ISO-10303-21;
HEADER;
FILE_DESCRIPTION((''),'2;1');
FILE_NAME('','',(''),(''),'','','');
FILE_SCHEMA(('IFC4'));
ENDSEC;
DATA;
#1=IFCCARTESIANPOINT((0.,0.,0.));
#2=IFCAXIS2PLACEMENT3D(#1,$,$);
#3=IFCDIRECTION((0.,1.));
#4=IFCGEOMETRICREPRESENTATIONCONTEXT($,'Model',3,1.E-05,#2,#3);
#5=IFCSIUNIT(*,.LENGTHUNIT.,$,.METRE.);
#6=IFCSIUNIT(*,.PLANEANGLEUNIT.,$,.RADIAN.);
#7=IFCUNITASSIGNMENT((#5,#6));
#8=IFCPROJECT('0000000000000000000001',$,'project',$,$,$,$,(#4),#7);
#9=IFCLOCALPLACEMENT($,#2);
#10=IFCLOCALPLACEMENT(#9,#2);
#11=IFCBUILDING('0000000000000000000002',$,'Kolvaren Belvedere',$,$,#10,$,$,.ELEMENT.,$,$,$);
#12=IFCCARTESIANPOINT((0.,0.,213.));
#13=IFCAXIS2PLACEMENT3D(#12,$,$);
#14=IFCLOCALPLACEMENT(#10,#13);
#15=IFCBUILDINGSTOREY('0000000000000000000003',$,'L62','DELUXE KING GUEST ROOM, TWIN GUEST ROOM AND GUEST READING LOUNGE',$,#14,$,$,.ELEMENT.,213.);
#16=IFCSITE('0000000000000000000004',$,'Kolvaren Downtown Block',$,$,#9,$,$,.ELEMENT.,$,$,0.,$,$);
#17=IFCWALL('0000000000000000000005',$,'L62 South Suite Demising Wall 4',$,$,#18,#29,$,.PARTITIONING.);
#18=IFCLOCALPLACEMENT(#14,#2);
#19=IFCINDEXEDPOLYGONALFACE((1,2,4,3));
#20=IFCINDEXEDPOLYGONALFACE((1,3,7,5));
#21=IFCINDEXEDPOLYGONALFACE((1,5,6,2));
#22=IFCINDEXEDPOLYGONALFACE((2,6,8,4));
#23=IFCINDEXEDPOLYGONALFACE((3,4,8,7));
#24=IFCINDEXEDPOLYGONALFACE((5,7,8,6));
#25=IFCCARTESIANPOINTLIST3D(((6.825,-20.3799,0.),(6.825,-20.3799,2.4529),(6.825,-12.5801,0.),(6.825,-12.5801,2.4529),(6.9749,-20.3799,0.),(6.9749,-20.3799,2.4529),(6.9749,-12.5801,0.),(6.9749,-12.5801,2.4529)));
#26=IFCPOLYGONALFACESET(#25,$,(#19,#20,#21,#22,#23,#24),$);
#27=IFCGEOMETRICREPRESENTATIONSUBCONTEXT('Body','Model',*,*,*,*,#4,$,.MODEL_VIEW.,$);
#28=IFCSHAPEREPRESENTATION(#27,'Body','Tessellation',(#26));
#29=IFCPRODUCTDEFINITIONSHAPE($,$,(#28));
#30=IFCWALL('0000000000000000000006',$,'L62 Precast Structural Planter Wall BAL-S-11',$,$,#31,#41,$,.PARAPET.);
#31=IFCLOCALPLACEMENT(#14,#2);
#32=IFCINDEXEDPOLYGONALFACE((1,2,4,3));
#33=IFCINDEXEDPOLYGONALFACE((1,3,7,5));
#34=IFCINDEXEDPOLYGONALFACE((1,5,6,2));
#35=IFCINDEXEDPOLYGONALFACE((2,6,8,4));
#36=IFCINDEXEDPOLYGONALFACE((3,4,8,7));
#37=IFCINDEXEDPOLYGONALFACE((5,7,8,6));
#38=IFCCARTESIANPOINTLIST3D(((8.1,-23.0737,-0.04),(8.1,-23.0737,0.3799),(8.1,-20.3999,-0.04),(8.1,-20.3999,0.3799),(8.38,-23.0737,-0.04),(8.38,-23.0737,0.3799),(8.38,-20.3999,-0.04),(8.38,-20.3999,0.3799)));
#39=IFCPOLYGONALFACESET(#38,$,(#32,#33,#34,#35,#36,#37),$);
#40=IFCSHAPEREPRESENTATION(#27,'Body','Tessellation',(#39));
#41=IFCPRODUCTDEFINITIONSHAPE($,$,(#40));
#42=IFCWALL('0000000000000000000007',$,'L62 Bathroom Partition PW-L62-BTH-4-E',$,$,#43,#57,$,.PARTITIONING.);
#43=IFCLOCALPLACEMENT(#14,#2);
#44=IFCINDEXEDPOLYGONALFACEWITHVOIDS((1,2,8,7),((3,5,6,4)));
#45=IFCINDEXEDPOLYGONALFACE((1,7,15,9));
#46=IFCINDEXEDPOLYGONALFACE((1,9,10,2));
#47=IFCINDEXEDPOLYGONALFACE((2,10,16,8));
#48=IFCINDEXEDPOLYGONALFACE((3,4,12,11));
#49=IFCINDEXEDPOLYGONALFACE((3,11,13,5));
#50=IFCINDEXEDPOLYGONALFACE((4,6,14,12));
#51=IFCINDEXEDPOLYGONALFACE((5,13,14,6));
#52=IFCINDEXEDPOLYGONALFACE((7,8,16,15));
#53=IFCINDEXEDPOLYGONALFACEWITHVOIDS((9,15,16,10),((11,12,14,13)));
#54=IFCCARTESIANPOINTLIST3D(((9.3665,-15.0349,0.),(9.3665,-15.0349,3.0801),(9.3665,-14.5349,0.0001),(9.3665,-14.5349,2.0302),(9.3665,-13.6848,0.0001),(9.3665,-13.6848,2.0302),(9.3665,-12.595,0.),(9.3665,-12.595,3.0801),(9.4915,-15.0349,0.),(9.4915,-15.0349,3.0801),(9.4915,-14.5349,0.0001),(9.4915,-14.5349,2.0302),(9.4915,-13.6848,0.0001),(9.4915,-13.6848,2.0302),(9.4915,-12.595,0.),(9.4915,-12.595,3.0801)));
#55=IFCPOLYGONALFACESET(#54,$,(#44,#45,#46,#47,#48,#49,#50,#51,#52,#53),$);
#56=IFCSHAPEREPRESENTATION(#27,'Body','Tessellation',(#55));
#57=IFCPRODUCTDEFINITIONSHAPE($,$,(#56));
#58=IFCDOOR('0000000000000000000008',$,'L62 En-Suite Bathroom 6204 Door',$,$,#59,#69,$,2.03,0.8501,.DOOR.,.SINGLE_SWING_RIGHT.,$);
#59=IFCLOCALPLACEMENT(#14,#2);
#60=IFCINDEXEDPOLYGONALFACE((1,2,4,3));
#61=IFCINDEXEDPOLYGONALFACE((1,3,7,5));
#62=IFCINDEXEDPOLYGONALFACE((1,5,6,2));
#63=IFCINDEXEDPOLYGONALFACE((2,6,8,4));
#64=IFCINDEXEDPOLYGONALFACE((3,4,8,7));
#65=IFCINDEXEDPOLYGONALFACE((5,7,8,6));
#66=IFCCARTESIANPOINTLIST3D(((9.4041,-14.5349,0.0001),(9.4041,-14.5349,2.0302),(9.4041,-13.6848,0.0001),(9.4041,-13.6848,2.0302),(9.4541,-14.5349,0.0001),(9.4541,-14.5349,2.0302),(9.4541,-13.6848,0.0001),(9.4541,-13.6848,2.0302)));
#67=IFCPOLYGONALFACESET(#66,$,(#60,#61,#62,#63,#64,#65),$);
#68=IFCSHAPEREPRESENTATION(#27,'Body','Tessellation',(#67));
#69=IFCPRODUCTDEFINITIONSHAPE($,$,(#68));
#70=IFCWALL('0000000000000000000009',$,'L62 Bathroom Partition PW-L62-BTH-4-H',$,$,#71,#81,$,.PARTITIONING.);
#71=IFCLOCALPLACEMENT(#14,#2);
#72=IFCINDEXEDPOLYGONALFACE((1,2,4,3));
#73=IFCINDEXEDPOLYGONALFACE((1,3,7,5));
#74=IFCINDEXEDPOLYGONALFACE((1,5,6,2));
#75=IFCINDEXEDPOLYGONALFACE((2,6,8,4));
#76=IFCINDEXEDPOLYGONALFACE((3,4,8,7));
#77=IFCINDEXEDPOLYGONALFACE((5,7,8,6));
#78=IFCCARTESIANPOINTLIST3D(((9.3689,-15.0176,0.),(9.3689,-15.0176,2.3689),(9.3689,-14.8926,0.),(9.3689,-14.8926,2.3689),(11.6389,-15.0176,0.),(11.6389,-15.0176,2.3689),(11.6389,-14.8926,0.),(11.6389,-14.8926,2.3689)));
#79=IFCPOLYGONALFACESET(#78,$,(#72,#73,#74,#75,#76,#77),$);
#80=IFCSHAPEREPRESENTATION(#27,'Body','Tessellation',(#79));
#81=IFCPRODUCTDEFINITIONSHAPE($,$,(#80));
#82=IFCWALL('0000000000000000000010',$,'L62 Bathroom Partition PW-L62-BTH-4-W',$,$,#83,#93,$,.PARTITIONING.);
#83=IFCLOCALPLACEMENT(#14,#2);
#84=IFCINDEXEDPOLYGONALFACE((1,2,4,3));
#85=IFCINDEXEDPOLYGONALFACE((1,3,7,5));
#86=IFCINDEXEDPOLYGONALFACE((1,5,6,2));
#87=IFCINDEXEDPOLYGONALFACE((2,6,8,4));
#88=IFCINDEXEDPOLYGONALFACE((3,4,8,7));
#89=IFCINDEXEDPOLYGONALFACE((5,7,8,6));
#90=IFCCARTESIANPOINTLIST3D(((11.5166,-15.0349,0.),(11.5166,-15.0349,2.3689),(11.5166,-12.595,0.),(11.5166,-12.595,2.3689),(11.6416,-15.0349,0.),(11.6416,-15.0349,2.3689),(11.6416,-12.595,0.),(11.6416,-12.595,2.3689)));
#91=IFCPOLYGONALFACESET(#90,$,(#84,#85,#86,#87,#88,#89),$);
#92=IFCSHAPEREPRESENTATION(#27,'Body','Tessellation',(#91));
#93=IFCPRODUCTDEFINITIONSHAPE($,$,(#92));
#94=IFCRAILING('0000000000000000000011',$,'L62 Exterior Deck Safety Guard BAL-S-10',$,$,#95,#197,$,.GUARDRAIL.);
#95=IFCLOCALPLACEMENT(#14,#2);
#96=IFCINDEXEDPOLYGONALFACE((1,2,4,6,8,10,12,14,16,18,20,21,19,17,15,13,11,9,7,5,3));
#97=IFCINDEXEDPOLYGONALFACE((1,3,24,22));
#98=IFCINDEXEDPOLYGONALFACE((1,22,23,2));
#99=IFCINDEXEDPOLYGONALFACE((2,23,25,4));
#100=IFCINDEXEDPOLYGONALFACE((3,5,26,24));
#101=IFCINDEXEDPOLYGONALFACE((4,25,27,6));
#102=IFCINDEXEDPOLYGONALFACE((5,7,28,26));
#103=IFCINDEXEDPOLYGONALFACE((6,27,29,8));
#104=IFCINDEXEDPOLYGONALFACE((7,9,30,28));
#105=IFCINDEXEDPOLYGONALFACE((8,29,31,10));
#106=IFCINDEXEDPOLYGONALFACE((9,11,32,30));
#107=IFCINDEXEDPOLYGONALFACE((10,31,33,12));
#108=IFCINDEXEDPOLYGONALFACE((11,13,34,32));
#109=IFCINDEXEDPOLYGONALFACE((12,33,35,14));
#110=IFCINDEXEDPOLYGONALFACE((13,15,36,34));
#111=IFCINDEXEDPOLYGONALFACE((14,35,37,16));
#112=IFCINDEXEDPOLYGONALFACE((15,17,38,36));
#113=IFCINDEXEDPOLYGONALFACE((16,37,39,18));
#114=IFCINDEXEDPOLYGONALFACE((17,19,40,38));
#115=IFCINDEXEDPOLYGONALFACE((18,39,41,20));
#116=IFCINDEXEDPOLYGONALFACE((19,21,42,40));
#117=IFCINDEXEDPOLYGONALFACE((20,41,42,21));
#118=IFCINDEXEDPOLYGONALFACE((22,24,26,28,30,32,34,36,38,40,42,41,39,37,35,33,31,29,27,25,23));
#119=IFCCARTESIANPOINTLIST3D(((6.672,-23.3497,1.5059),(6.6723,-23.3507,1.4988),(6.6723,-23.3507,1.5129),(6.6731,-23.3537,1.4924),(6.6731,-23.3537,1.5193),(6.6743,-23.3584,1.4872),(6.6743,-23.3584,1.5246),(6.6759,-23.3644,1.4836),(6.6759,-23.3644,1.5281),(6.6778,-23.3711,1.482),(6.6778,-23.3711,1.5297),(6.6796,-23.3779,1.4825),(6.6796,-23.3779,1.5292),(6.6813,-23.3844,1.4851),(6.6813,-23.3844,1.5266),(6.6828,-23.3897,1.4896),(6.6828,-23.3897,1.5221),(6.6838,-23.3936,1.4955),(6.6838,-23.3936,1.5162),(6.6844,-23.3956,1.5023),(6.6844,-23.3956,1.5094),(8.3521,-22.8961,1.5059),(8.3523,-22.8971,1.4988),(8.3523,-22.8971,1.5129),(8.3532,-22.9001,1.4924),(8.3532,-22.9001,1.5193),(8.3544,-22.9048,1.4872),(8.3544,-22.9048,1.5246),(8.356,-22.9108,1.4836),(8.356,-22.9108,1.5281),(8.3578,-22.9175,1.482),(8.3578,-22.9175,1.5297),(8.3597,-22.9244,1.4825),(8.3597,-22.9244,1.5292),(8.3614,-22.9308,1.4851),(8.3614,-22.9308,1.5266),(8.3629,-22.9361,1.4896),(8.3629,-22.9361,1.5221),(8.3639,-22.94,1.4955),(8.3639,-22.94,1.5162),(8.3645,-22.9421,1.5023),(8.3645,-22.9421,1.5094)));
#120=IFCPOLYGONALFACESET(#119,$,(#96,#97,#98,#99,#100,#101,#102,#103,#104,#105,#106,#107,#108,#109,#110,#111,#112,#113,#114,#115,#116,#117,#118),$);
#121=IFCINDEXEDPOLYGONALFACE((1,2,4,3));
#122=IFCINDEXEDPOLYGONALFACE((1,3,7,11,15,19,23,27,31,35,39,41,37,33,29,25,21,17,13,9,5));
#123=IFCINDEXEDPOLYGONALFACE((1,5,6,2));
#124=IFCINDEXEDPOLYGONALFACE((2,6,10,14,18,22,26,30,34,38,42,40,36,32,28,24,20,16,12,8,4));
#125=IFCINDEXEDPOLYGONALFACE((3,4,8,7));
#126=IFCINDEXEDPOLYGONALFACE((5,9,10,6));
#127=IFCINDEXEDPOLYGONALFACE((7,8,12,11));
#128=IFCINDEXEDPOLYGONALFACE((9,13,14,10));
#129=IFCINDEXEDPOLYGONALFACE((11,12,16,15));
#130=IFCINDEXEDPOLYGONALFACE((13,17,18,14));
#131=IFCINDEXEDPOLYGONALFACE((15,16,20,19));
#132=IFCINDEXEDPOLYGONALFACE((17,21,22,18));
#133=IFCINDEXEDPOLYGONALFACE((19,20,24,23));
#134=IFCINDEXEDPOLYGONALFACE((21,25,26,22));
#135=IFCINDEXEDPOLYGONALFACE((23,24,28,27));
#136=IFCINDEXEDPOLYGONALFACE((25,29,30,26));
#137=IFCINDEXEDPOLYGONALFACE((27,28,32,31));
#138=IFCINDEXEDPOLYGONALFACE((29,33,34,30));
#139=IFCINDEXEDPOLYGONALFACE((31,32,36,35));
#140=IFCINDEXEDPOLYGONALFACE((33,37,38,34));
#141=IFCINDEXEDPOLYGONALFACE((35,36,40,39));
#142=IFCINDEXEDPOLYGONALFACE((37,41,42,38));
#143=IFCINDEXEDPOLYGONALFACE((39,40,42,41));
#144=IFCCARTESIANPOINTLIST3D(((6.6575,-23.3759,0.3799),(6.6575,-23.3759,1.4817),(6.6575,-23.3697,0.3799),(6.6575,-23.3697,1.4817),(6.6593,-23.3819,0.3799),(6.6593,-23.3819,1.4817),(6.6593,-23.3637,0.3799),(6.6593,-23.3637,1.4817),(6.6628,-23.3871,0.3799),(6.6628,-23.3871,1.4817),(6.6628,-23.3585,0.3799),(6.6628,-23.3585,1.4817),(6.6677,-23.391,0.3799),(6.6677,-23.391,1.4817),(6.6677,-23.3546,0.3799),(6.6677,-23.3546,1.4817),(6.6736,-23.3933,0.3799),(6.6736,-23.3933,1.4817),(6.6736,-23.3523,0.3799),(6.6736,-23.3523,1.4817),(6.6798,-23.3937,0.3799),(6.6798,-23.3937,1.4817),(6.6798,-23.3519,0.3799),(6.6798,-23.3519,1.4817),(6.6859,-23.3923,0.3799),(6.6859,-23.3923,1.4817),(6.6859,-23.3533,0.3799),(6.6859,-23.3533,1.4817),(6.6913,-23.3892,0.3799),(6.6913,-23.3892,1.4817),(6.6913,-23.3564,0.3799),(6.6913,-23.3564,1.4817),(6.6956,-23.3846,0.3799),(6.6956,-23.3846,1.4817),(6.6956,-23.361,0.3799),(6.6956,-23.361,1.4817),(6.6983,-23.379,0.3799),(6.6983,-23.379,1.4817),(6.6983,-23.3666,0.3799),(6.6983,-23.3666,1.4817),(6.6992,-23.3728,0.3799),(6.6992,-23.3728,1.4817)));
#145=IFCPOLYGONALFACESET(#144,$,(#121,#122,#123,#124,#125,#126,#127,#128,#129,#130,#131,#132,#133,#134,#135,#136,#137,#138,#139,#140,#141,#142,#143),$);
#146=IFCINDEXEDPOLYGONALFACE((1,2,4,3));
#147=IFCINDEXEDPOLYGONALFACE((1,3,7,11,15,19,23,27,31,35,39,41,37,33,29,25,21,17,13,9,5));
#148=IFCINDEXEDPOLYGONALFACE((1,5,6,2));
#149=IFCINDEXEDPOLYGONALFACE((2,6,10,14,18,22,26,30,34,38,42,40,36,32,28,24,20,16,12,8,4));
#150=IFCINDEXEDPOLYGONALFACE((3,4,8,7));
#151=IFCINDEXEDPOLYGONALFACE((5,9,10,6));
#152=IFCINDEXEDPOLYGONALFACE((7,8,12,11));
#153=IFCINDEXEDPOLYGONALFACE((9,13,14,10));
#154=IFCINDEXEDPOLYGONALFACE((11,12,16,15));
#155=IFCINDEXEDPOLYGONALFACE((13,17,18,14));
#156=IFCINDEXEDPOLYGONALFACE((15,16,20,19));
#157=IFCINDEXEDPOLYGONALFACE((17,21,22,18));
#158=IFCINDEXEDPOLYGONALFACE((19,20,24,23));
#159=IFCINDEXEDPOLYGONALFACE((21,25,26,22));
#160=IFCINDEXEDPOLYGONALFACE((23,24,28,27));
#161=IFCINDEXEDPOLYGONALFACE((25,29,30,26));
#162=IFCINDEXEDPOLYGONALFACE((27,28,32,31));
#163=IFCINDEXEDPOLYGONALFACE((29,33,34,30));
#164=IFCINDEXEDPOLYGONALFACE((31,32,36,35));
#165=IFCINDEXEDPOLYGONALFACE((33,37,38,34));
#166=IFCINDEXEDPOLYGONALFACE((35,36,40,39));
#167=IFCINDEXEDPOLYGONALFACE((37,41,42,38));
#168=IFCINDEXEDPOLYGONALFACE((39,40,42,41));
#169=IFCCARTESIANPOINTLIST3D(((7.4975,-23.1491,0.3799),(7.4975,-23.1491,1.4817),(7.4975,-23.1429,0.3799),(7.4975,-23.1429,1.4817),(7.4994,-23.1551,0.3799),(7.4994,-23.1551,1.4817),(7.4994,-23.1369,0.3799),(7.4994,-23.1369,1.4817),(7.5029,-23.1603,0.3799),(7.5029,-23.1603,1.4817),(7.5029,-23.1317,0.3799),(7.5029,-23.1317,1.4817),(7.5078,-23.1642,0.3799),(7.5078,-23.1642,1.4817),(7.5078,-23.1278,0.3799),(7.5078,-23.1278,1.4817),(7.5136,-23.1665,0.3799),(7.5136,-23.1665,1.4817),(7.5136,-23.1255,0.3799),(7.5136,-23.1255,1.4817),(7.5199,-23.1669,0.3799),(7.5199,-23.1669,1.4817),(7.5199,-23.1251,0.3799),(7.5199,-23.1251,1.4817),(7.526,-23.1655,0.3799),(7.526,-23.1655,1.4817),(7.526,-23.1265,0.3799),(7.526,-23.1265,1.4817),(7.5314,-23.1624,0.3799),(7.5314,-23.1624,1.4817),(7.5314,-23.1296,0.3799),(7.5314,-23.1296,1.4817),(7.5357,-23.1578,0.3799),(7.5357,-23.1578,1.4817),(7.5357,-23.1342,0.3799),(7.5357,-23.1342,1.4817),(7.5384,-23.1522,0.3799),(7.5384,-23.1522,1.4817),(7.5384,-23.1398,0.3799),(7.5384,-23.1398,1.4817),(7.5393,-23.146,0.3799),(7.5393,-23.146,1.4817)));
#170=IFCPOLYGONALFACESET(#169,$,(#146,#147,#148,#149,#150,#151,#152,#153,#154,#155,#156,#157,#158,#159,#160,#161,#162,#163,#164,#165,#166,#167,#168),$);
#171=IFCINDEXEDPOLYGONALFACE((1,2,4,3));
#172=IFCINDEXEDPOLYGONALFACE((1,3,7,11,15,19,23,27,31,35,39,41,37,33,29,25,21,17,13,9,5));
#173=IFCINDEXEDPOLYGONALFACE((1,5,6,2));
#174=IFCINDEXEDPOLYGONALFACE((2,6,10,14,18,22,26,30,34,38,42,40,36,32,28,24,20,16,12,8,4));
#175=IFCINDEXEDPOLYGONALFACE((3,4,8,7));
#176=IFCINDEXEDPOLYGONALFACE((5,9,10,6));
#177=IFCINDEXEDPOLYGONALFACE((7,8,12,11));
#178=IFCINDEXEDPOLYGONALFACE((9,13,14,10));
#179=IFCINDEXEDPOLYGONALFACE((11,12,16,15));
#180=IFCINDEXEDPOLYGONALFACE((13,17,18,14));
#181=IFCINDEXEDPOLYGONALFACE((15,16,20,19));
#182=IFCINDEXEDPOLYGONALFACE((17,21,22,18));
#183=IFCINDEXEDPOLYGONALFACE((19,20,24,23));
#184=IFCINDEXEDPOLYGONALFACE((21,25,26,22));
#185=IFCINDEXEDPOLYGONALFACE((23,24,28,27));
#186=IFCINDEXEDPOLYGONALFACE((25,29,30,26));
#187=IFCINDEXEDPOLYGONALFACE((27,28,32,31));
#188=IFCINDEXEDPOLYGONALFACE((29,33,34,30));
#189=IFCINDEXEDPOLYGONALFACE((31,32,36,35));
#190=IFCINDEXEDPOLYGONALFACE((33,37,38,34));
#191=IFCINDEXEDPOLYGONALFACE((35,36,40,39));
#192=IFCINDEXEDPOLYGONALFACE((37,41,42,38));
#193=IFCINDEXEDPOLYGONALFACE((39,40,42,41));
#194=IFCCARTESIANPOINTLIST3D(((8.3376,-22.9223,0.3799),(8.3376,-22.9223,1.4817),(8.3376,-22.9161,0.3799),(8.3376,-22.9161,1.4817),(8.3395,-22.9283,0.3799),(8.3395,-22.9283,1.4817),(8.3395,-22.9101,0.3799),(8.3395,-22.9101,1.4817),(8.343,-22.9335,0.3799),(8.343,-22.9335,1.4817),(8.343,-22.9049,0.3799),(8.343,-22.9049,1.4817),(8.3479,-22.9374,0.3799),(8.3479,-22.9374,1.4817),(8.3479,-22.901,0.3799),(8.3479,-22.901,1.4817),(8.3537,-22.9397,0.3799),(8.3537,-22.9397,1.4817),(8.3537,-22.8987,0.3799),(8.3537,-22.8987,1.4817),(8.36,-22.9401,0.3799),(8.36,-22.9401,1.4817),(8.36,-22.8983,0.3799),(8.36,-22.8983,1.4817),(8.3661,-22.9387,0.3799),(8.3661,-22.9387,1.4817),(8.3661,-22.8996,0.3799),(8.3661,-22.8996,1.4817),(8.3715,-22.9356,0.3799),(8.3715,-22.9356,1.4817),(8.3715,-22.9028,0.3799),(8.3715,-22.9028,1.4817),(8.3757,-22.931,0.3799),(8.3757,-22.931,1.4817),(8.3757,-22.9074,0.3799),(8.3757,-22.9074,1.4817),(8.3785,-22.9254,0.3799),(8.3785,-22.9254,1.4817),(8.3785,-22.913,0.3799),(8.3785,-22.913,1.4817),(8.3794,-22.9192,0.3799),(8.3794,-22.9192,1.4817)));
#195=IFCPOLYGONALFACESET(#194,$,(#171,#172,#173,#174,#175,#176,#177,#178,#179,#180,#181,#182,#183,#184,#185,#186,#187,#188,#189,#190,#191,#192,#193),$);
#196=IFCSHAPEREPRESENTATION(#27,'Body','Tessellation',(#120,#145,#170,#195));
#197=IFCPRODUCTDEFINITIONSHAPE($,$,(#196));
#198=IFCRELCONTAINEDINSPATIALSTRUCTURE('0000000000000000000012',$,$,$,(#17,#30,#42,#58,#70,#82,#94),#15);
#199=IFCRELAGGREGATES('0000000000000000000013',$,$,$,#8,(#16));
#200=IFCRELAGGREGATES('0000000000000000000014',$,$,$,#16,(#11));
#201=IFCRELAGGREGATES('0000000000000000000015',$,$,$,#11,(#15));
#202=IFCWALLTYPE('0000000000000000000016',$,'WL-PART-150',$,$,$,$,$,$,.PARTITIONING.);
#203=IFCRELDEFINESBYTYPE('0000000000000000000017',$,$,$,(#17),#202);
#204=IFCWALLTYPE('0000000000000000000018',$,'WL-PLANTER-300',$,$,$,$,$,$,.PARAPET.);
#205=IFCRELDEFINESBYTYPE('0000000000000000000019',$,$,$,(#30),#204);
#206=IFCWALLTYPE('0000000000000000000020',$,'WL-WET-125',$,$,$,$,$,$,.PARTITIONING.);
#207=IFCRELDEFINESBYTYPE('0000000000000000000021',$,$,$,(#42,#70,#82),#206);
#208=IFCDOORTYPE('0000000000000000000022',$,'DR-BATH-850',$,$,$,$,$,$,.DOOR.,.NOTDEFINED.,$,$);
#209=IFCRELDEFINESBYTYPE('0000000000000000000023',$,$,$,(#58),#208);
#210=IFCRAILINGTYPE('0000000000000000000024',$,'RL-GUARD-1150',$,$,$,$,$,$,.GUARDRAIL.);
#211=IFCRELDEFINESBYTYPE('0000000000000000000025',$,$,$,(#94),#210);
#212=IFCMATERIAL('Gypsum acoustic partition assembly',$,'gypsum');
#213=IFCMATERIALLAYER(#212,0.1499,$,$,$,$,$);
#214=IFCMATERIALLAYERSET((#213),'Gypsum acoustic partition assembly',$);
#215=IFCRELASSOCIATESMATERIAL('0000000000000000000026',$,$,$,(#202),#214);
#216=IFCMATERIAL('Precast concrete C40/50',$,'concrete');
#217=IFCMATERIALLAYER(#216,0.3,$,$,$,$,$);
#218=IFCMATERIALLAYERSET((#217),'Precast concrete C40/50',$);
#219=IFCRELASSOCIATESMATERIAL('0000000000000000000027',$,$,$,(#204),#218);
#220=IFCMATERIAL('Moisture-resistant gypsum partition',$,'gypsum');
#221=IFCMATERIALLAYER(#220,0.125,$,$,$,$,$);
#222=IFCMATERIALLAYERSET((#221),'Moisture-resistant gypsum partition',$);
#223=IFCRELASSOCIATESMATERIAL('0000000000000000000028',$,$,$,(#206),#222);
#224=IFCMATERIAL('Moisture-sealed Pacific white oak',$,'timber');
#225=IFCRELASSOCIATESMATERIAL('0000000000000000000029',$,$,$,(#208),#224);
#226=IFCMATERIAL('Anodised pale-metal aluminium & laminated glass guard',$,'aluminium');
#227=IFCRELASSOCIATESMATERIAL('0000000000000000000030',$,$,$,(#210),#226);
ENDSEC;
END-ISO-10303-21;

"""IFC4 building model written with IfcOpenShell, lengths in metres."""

from ifc_helpers import new_model, si_unit, direction, frame, frame_2d, origin, origin_2d, place, context, subcontext, project, spatial, rectangle, circle, extrude, material, layer, layer_set, type_object, element, fill, save


model = new_model("IFC4")

# Units and contexts
model_context = context("Model", 3, precision=1e-05, world=origin(), true_north=direction((0.0, 1.0)))
body_context = subcontext(model_context, "Body", "Model", "MODEL_VIEW")
ifc_project = project(units=[si_unit("LENGTHUNIT", "METRE"), si_unit("PLANEANGLEUNIT", "RADIAN")], contexts=[model_context])

# Site, building, storey
site_placement = place(None, origin())
site = spatial("IfcSite", under=ifc_project, at=site_placement, Name="Kolvaren Downtown Block", CompositionType="ELEMENT", RefElevation=0.0)
building_placement = place(site_placement, origin())
building = spatial("IfcBuilding", under=site, at=building_placement, Name="Kolvaren Belvedere", CompositionType="ELEMENT")
storey_placement = place(building_placement, frame((0.0, 0.0, 213.0)))
storey = spatial("IfcBuildingStorey", under=building, at=storey_placement, Name="L62", Description="DELUXE KING GUEST ROOM, TWIN GUEST ROOM AND GUEST READING LOUNGE", CompositionType="ELEMENT", Elevation=213.0)

# Walls
ifc_material_1 = material(Name="Gypsum acoustic partition assembly", Category="gypsum")
ifc_layer_1 = layer(ifc_material_1, 0.1499)
ifc_layer_set_1 = layer_set([ifc_layer_1], Name="Gypsum acoustic partition assembly")
wall_type_1 = type_object("IfcWallType", Name="WL-PART-150", PredefinedType="PARTITIONING", material=ifc_layer_set_1)
wall_1_placement = place(storey_placement, frame((6.8999, -20.3799, 0.0), z_axis=(0.0, 0.0, 1.0), x_axis=(0.0, 1.0, 0.0)))
element("IfcWall", 1, at=wall_1_placement, inside=storey, type_object=wall_type_1, Name="L62 South Suite Demising Wall 4", PredefinedType="PARTITIONING", context=body_context, shape_type="SweptSolid", body=[
    extrude(rectangle(XDim=7.7998, YDim=0.1499, at=frame_2d((3.8999, 0.0))), origin(), (0.0, 0.0, 1.0), 2.4529),
])
ifc_material_2 = material(Name="Precast concrete C40/50", Category="concrete")
ifc_layer_2 = layer(ifc_material_2, 0.3)
ifc_layer_set_2 = layer_set([ifc_layer_2], Name="Precast concrete C40/50")
wall_type_2 = type_object("IfcWallType", Name="WL-PLANTER-300", PredefinedType="PARAPET", material=ifc_layer_set_2)
wall_2_placement = place(storey_placement, frame((8.24, -23.0737, -0.04), z_axis=(0.0, 0.0, 1.0), x_axis=(0.0, 1.0, 0.0)))
element("IfcWall", 2, at=wall_2_placement, inside=storey, type_object=wall_type_2, Name="L62 Precast Structural Planter Wall BAL-S-11", PredefinedType="PARAPET", context=body_context, shape_type="SweptSolid", body=[
    extrude(rectangle(XDim=2.6738, YDim=0.28, at=frame_2d((1.3369, 0.0))), origin(), (0.0, 0.0, 1.0), 0.4199),
])

# Wall, opening, door
ifc_material_3 = material(Name="Moisture-resistant gypsum partition", Category="gypsum")
ifc_layer_3 = layer(ifc_material_3, 0.125)
ifc_layer_set_3 = layer_set([ifc_layer_3], Name="Moisture-resistant gypsum partition")
wall_type_3 = type_object("IfcWallType", Name="WL-WET-125", PredefinedType="PARTITIONING", material=ifc_layer_set_3)
wall_3_placement = place(storey_placement, frame((9.429, -15.0349, 0.0), z_axis=(0.0, 0.0, 1.0), x_axis=(0.0, 1.0, 0.0)))
wall_3 = element("IfcWall", 3, at=wall_3_placement, inside=storey, type_object=wall_type_3, Name="L62 Bathroom Partition PW-L62-BTH-4-E", PredefinedType="PARTITIONING", context=body_context, shape_type="SweptSolid", body=[
    extrude(rectangle(XDim=2.4399, YDim=0.125, at=frame_2d((1.22, 0.0))), origin(), (0.0, 0.0, 1.0), 3.0801),
])
opening_1_placement = place(wall_3_placement, frame((0.5, 0.0, 0.0)))
opening_1 = element("IfcOpeningElement", 4, at=opening_1_placement, cuts=wall_3, PredefinedType="OPENING", context=body_context, shape_type="SweptSolid", body=[
    extrude(rectangle(XDim=0.8501, YDim=2.03, at=frame_2d((0.425, 1.0151))), frame((0.0, 0.0725, 0.0), z_axis=(0.0, -1.0, 0.0), x_axis=(1.0, 0.0, 0.0)), (0.0, 0.0, 1.0), 0.145),
])
ifc_material_4 = material(Name="Moisture-sealed Pacific white oak", Category="timber")
door_type_1 = type_object("IfcDoorType", Name="DR-BATH-850", OperationType="NOTDEFINED", PredefinedType="DOOR", material=ifc_material_4)
door_1_placement = place(opening_1_placement, origin())
door_1 = element("IfcDoor", 5, at=door_1_placement, inside=storey, type_object=door_type_1, Name="L62 En-Suite Bathroom 6204 Door", OperationType="SINGLE_SWING_RIGHT", OverallHeight=2.03, OverallWidth=0.8501, PredefinedType="DOOR", context=body_context, shape_type="SweptSolid", body=[
    extrude(rectangle(XDim=0.8501, YDim=2.03, at=frame_2d((0.425, 1.0151))), frame((0.0, 0.0249, 0.0), z_axis=(0.0, -1.0, 0.0), x_axis=(1.0, 0.0, 0.0)), (0.0, 0.0, 1.0), 0.05),
])
fill(opening_1, door_1)

# Walls
wall_4_placement = place(storey_placement, frame((9.3689, -14.9551, 0.0), z_axis=(0.0, 0.0, 1.0), x_axis=(1.0, 0.0, 0.0)))
element("IfcWall", 6, at=wall_4_placement, inside=storey, type_object=wall_type_3, Name="L62 Bathroom Partition PW-L62-BTH-4-H", PredefinedType="PARTITIONING", context=body_context, shape_type="SweptSolid", body=[
    extrude(rectangle(XDim=2.27, YDim=0.125, at=frame_2d((1.135, 0.0))), origin(), (0.0, 0.0, 1.0), 2.3689),
])
wall_5_placement = place(storey_placement, frame((11.5791, -15.0349, 0.0), z_axis=(0.0, 0.0, 1.0), x_axis=(0.0, 1.0, 0.0)))
element("IfcWall", 7, at=wall_5_placement, inside=storey, type_object=wall_type_3, Name="L62 Bathroom Partition PW-L62-BTH-4-W", PredefinedType="PARTITIONING", context=body_context, shape_type="SweptSolid", body=[
    extrude(rectangle(XDim=2.4399, YDim=0.125, at=frame_2d((1.22, 0.0))), origin(), (0.0, 0.0, 1.0), 2.3689),
])

# Railing
ifc_material_5 = material(Name="Anodised pale-metal aluminium & laminated glass guard", Category="aluminium")
railing_type = type_object("IfcRailingType", Name="RL-GUARD-1150", PredefinedType="GUARDRAIL", material=ifc_material_5)
railing_1_placement = place(storey_placement, frame((6.6782, -23.3728, 0.3799)))
element("IfcRailing", 8, at=railing_1_placement, inside=storey, type_object=railing_type, Name="L62 Exterior Deck Safety Guard BAL-S-10", PredefinedType="GUARDRAIL", context=body_context, shape_type="SweptSolid", body=[
    extrude(circle(Radius=0.0239, at=origin_2d()), frame((0.0, 0.0, 1.126), z_axis=(0.965434, 0.260648, 0.0), x_axis=(-0.260648, 0.965434, 0.0)), (0.0, 0.0, 1.0), 1.7402),
    extrude(circle(Radius=0.021, at=origin_2d()), origin(), (0.0, 0.0, 1.0), 1.1018),
    extrude(circle(Radius=0.021, at=origin_2d()), frame((0.8401, 0.2268, 0.0)), (0.0, 0.0, 1.0), 1.1018),
    extrude(circle(Radius=0.021, at=origin_2d()), frame((1.6802, 0.4536, 0.0)), (0.0, 0.0, 1.0), 1.1018),
])

save(model, "model.ifc")
